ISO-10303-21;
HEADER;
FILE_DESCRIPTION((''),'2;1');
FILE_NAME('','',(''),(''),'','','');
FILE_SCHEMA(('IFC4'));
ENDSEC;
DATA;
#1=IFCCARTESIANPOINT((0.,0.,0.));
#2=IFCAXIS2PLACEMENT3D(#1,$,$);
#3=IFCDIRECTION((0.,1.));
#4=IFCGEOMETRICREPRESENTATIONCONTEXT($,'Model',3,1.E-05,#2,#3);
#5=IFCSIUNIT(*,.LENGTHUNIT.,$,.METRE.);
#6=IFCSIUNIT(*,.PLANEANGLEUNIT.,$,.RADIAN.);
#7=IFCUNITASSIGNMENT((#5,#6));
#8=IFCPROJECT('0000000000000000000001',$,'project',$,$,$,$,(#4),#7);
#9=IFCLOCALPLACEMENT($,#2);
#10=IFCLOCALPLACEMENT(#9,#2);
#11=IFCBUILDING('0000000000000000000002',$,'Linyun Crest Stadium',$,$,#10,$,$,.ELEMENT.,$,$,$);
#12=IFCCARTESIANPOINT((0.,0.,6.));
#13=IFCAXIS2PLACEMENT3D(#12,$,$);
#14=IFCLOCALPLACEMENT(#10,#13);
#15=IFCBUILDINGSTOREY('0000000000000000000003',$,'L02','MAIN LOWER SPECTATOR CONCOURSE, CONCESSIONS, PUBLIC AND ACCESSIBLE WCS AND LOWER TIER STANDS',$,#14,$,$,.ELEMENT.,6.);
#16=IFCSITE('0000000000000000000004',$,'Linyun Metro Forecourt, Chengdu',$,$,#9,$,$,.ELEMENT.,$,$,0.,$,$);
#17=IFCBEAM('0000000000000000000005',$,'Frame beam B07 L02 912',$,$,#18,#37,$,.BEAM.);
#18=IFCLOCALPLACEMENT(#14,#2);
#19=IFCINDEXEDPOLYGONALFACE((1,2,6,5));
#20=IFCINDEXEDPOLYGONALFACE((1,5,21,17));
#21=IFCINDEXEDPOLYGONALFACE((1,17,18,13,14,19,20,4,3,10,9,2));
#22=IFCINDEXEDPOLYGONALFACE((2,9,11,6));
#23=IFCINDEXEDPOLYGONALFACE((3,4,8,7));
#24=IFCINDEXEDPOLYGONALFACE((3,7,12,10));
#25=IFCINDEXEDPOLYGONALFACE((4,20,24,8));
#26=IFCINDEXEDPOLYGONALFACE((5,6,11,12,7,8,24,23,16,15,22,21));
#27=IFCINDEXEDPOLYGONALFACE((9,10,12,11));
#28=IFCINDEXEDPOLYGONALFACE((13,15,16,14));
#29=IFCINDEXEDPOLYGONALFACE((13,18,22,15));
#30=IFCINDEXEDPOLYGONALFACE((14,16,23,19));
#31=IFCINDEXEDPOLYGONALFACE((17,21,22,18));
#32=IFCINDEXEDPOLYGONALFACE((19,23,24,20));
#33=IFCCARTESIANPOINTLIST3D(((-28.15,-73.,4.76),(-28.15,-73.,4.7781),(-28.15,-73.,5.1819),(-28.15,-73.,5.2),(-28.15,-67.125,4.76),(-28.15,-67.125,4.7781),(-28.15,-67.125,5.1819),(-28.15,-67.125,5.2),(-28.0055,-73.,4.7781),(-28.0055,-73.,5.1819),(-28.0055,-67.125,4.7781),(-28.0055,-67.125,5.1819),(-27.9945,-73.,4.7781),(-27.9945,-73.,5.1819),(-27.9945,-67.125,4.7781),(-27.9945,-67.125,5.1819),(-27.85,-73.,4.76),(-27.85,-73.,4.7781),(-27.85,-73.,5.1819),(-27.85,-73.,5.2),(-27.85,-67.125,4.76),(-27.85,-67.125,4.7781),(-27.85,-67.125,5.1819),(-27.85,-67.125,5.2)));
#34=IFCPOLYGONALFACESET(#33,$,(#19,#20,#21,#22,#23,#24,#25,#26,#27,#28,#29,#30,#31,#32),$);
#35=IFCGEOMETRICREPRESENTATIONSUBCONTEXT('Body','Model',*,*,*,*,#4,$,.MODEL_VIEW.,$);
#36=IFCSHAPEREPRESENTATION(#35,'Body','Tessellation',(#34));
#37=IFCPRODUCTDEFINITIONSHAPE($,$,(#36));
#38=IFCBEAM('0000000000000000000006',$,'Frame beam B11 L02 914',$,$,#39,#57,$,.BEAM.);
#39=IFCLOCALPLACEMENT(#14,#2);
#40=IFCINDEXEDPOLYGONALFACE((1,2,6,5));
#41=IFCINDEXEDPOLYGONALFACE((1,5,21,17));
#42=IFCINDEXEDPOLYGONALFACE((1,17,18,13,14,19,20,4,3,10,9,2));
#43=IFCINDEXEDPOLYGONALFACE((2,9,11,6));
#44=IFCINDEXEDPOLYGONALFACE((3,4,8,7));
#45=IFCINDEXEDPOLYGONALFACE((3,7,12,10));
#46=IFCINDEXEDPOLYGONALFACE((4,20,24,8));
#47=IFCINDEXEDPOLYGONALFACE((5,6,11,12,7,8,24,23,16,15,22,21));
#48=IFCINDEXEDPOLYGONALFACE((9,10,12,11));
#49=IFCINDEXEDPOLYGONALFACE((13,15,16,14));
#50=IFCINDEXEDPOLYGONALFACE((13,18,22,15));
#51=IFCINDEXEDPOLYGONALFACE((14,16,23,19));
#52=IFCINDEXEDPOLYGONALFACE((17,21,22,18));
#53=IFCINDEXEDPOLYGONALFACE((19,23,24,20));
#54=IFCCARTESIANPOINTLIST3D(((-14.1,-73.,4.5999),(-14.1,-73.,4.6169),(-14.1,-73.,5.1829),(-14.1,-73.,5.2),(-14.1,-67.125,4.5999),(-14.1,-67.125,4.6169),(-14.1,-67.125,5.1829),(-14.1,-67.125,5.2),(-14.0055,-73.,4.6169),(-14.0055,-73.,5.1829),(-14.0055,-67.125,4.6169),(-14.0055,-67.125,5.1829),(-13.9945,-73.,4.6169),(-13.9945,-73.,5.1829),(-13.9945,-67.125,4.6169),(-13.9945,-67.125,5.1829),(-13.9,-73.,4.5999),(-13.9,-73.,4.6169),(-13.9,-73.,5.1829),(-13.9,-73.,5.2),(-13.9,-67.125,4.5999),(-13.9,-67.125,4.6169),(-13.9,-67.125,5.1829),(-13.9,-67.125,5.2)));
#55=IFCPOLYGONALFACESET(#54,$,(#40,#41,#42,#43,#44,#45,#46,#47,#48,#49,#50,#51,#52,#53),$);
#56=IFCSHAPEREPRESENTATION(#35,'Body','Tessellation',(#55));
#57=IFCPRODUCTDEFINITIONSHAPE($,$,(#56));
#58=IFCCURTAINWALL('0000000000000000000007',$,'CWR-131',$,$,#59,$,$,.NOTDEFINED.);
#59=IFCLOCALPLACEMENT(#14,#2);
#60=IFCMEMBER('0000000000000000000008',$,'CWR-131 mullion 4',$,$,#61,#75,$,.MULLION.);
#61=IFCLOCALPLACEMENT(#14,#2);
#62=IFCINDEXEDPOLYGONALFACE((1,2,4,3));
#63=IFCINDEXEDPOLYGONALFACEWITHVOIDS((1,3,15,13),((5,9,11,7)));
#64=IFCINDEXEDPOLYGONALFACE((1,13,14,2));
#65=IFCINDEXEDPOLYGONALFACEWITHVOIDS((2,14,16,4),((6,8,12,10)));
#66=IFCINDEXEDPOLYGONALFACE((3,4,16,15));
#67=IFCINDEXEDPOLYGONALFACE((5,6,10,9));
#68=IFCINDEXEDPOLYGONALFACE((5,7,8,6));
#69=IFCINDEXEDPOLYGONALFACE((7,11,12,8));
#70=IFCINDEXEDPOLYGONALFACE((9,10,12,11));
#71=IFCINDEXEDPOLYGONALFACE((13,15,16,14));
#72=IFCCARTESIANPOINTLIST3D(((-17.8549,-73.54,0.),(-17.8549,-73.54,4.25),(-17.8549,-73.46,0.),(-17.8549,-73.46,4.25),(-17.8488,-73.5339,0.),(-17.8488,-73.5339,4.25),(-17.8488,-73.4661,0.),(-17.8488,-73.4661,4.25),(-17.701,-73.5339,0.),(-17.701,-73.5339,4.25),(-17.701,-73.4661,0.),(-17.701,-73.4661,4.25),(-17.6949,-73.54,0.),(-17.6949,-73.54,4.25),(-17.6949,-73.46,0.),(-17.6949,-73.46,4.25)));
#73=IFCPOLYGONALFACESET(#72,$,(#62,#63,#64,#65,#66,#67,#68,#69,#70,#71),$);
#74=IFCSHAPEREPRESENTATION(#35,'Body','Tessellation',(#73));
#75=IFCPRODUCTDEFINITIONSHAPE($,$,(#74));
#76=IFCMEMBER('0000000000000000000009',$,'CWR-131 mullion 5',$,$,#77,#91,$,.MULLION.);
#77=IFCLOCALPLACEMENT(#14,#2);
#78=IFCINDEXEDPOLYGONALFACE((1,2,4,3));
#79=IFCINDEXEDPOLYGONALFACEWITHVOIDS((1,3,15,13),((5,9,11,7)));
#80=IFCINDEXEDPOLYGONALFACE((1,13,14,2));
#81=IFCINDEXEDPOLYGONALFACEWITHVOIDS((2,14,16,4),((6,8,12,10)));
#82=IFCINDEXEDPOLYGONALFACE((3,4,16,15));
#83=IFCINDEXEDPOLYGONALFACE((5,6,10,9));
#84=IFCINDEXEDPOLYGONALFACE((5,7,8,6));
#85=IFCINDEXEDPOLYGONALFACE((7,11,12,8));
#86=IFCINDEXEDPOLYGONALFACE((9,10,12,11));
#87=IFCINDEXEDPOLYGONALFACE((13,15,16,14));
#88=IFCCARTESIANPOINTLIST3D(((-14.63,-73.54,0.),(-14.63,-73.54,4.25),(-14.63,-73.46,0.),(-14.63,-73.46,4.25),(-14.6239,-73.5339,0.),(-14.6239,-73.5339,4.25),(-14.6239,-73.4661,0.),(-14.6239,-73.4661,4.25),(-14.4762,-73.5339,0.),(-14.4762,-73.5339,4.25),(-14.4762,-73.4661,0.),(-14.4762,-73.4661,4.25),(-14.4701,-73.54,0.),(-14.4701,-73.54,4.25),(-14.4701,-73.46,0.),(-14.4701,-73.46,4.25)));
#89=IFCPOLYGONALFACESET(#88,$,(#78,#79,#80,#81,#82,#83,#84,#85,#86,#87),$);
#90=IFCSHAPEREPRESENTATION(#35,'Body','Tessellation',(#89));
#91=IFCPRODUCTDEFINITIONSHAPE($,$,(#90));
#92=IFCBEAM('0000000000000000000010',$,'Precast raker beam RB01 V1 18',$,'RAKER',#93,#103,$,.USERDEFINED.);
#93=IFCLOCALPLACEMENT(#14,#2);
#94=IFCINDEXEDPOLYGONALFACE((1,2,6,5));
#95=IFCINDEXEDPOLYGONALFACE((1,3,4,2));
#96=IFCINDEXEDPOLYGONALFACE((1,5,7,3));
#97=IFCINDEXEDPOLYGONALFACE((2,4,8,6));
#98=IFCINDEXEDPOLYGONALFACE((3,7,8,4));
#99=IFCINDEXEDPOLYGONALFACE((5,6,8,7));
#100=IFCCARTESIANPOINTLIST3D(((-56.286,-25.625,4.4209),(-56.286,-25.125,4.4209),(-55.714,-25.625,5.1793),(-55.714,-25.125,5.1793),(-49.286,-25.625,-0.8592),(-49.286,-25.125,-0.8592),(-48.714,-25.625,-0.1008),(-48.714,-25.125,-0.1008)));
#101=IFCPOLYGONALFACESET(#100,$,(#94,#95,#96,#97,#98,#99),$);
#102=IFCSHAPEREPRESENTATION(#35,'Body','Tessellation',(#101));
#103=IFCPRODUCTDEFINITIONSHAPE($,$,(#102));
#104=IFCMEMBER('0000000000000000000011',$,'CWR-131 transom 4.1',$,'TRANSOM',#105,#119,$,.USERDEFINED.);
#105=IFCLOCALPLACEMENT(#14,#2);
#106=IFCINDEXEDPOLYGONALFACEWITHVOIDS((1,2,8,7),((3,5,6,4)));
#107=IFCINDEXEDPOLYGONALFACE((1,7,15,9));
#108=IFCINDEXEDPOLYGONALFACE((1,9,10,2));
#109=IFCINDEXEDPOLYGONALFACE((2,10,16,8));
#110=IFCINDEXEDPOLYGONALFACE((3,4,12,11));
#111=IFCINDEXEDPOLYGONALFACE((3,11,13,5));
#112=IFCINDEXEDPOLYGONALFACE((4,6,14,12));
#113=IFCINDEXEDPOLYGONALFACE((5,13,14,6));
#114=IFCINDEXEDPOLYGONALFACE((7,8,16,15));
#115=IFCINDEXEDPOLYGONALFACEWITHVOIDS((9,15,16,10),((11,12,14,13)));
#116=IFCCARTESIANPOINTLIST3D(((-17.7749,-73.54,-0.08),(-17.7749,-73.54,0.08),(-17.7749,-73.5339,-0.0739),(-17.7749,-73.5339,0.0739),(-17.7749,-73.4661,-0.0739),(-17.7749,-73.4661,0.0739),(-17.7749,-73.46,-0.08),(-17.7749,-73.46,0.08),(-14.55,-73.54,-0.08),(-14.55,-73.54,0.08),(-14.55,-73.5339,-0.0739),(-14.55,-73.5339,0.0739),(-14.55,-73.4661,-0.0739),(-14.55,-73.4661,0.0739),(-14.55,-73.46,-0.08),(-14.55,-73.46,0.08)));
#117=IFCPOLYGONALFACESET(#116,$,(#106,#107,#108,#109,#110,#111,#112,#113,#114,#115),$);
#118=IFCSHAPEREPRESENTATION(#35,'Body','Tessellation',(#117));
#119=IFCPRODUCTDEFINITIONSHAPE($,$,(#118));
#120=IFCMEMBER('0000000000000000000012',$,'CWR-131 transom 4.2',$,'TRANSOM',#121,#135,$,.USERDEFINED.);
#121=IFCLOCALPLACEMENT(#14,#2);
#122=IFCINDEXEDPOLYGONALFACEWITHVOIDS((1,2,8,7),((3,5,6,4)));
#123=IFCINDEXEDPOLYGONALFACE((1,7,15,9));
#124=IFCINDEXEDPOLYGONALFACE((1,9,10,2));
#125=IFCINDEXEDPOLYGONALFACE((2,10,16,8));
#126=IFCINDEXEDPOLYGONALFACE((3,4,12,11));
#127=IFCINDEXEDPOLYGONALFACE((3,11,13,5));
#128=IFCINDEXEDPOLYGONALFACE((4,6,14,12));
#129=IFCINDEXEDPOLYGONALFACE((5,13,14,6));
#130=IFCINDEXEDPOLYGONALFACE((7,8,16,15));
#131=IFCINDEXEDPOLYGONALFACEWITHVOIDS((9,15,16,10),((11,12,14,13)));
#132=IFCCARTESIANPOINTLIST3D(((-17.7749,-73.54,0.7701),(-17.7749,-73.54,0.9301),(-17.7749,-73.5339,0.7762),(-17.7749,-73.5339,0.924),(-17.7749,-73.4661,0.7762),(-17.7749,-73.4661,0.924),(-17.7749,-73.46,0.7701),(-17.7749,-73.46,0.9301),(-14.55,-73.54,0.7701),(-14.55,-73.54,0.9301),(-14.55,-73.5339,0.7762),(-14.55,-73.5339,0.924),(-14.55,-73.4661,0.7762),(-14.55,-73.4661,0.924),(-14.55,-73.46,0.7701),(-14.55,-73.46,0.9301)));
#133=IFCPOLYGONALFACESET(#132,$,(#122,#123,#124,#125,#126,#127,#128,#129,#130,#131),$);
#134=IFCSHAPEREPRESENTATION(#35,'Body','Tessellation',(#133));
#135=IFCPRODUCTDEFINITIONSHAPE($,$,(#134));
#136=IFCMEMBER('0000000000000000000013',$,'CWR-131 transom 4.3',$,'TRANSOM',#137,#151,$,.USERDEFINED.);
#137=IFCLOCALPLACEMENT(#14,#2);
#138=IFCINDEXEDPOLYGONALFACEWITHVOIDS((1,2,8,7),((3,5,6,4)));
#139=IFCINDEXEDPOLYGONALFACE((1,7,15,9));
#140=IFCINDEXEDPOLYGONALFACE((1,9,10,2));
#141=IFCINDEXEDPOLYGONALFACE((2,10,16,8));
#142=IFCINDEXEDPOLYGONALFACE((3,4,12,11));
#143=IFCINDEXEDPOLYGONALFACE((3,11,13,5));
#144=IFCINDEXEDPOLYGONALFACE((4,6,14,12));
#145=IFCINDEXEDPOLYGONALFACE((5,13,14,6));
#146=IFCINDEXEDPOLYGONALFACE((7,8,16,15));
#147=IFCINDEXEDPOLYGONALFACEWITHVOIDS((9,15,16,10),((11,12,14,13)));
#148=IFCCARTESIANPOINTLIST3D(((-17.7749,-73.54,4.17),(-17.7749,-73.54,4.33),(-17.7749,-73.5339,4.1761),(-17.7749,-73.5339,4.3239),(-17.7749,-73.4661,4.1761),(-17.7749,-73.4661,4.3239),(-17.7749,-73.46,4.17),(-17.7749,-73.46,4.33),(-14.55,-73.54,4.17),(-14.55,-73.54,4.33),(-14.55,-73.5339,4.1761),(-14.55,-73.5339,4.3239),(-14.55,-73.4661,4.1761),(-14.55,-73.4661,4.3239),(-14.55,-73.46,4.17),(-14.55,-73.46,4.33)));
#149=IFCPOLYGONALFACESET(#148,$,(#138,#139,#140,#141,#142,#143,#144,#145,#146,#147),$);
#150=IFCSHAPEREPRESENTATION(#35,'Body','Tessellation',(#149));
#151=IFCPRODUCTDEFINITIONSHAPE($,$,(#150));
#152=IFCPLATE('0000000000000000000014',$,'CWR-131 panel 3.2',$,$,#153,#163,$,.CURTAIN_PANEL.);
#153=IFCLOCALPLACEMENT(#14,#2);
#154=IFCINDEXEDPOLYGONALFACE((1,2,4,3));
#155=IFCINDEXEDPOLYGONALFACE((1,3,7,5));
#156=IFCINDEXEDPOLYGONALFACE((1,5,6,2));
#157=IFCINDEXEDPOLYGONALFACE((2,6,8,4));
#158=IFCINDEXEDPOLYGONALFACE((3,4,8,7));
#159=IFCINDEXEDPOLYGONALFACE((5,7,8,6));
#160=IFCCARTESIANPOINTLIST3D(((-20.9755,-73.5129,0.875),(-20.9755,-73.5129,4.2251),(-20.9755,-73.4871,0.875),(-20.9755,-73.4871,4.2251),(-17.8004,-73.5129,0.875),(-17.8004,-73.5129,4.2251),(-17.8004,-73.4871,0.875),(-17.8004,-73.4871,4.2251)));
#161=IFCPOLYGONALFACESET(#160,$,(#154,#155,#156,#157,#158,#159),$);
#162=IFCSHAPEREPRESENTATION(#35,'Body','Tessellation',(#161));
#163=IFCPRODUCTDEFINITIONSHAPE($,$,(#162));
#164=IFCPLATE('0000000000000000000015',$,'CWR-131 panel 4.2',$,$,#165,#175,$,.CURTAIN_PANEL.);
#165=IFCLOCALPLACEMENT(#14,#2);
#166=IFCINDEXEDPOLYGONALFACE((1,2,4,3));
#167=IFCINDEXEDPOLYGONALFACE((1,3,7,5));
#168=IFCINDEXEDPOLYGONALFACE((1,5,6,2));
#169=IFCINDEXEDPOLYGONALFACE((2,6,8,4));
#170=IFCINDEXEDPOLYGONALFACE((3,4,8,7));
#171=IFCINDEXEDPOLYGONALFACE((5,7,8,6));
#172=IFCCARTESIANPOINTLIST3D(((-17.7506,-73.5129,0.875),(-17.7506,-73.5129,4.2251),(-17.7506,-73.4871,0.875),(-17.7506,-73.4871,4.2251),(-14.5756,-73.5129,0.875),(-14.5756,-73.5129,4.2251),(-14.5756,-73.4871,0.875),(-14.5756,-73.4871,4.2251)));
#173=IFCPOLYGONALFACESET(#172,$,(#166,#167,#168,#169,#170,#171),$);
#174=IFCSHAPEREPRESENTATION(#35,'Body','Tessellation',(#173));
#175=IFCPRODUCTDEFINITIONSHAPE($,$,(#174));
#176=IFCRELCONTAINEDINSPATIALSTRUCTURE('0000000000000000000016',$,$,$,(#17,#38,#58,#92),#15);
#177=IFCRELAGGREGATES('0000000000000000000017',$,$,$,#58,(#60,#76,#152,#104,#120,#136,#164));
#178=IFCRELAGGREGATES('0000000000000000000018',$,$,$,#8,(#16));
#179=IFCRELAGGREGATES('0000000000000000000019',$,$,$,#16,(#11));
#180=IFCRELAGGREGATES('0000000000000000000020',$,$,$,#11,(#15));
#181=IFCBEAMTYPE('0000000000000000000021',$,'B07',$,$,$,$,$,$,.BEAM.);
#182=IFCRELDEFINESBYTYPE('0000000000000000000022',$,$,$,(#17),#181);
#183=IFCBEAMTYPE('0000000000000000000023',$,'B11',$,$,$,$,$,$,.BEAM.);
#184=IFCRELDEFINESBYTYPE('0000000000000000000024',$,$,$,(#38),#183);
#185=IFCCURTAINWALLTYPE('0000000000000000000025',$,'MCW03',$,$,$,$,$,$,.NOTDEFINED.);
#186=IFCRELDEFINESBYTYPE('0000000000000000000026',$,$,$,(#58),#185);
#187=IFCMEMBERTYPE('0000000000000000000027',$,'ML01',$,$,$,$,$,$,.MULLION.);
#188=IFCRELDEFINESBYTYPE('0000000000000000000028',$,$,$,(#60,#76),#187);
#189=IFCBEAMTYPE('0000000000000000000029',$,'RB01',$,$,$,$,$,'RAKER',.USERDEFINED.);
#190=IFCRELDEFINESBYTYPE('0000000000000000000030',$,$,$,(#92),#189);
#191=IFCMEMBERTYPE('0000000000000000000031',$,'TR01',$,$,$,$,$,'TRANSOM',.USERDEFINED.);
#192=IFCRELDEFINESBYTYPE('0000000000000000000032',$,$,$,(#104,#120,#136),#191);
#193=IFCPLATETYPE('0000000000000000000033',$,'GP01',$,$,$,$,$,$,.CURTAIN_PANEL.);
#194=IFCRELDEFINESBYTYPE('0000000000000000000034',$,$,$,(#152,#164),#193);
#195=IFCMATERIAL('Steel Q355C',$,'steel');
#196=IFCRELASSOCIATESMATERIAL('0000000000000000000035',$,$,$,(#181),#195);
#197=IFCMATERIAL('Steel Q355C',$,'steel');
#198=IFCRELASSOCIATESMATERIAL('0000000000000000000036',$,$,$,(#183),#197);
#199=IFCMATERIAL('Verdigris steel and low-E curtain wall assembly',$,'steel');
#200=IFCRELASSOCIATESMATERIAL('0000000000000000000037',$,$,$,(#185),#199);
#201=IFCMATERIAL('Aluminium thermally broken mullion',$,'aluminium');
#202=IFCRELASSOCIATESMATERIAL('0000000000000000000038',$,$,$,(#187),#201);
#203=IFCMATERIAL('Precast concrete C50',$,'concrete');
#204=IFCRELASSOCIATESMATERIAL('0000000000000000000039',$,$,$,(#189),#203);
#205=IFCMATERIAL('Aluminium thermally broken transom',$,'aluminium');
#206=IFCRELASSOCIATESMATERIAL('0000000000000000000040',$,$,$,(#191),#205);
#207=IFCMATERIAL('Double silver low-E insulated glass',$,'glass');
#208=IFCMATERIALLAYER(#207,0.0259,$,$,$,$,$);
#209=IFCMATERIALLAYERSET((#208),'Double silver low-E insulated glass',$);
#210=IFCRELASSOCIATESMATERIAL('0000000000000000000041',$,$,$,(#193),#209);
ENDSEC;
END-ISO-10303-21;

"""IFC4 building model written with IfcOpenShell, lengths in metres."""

from ifc_helpers import new_model, si_unit, direction, frame, origin, origin_2d, place, context, subcontext, project, spatial, rectangle, hollow_rectangle, i_section, extrude, material, layer, layer_set, material_profile, profile_set, type_object, element, aggregate, save


model = new_model("IFC4")

# Units and contexts
model_context = context("Model", 3, precision=1e-05, world=origin(), true_north=direction((0.0, 1.0)))
body_context = subcontext(model_context, "Body", "Model", "MODEL_VIEW")
ifc_project = project(units=[si_unit("LENGTHUNIT", "METRE"), si_unit("PLANEANGLEUNIT", "RADIAN")], contexts=[model_context])

# Site, building, storey
site_placement = place(None, origin())
site = spatial("IfcSite", under=ifc_project, at=site_placement, Name="Linyun Metro Forecourt, Chengdu", CompositionType="ELEMENT", RefElevation=0.0)
building_placement = place(site_placement, origin())
building = spatial("IfcBuilding", under=site, at=building_placement, Name="Linyun Crest Stadium", CompositionType="ELEMENT")
storey_placement = place(building_placement, frame((0.0, 0.0, 6.0)))
storey = spatial("IfcBuildingStorey", under=building, at=storey_placement, Name="L02", Description="MAIN LOWER SPECTATOR CONCOURSE, CONCESSIONS, PUBLIC AND ACCESSIBLE WCS AND LOWER TIER STANDS", CompositionType="ELEMENT", Elevation=6.0)

# Beams
ifc_material_1 = material(Name="Steel Q355C", Category="steel")
ifc_material_profile_1 = material_profile(ifc_material_1, i_section(OverallWidth=0.3, OverallDepth=0.4399, WebThickness=0.011, FlangeThickness=0.0181, at=origin_2d()), Name="HM 440x300")
ifc_profile_set_1 = profile_set([ifc_material_profile_1], Name="Steel Q355C")
beam_type_1 = type_object("IfcBeamType", Name="B07", PredefinedType="BEAM", material=ifc_profile_set_1)
beam_1_placement = place(storey_placement, frame((-28.0, -73.0, 4.98), z_axis=(0.0, 1.0, 0.0), x_axis=(-1.0, 0.0, 0.0)))
element("IfcBeam", 1, at=beam_1_placement, inside=storey, type_object=beam_type_1, Name="Frame beam B07 L02 912", PredefinedType="BEAM", context=body_context, shape_type="SweptSolid", body=[
    extrude(i_section(OverallWidth=0.3, OverallDepth=0.4399, WebThickness=0.011, FlangeThickness=0.0181, at=origin_2d()), origin(), (0.0, 0.0, 1.0), 5.875),
])
ifc_material_2 = material(Name="Steel Q355C", Category="steel")
ifc_material_profile_2 = material_profile(ifc_material_2, i_section(OverallWidth=0.2, OverallDepth=0.6001, WebThickness=0.011, FlangeThickness=0.0171, at=origin_2d()), Name="HN 600x200")
ifc_profile_set_2 = profile_set([ifc_material_profile_2], Name="Steel Q355C")
beam_type_2 = type_object("IfcBeamType", Name="B11", PredefinedType="BEAM", material=ifc_profile_set_2)
beam_2_placement = place(storey_placement, frame((-14.0, -73.0, 4.8999), z_axis=(0.0, 1.0, 0.0), x_axis=(-1.0, 0.0, 0.0)))
element("IfcBeam", 2, at=beam_2_placement, inside=storey, type_object=beam_type_2, Name="Frame beam B11 L02 914", PredefinedType="BEAM", context=body_context, shape_type="SweptSolid", body=[
    extrude(i_section(OverallWidth=0.2, OverallDepth=0.6001, WebThickness=0.011, FlangeThickness=0.0171, at=origin_2d()), origin(), (0.0, 0.0, 1.0), 5.875),
])

# Curtain wall, members
ifc_material_3 = material(Name="Verdigris steel and low-E curtain wall assembly", Category="steel")
curtain_wall_type = type_object("IfcCurtainWallType", Name="MCW03", PredefinedType="NOTDEFINED", material=ifc_material_3)
curtain_wall_placement = place(storey_placement, origin())
curtain_wall = element("IfcCurtainWall", 3, at=curtain_wall_placement, inside=storey, type_object=curtain_wall_type, Name="CWR-131", PredefinedType="NOTDEFINED")
ifc_material_4 = material(Name="Aluminium thermally broken mullion", Category="aluminium")
ifc_material_profile_3 = material_profile(ifc_material_4, hollow_rectangle(XDim=0.0801, YDim=0.1599, WallThickness=0.0061, at=origin_2d()), Name="RHS 160x80x6")
ifc_profile_set_3 = profile_set([ifc_material_profile_3], Name="Aluminium thermally broken mullion")
member_type_1 = type_object("IfcMemberType", Name="ML01", PredefinedType="MULLION", material=ifc_profile_set_3)
member_1_placement = place(storey_placement, frame((-17.7749, -73.5, 0.0), z_axis=(0.0, 0.0, 1.0), x_axis=(0.0, 1.0, 0.0)))
member_1 = element("IfcMember", 4, at=member_1_placement, type_object=member_type_1, Name="CWR-131 mullion 4", PredefinedType="MULLION", context=body_context, shape_type="SweptSolid", body=[
    extrude(hollow_rectangle(XDim=0.0801, YDim=0.1599, WallThickness=0.0061, at=origin_2d()), origin(), (0.0, 0.0, 1.0), 4.25),
])
member_2_placement = place(storey_placement, frame((-14.55, -73.5, 0.0), z_axis=(0.0, 0.0, 1.0), x_axis=(0.0, 1.0, 0.0)))
member_2 = element("IfcMember", 5, at=member_2_placement, type_object=member_type_1, Name="CWR-131 mullion 5", PredefinedType="MULLION", context=body_context, shape_type="SweptSolid", body=[
    extrude(hollow_rectangle(XDim=0.0801, YDim=0.1599, WallThickness=0.0061, at=origin_2d()), origin(), (0.0, 0.0, 1.0), 4.25),
])

# Beam
ifc_material_5 = material(Name="Precast concrete C50", Category="concrete")
ifc_material_profile_4 = material_profile(ifc_material_5, rectangle(XDim=0.5, YDim=0.95, at=origin_2d()), Name="PCR 950x500")
ifc_profile_set_4 = profile_set([ifc_material_profile_4], Name="Precast concrete C50")
beam_type_3 = type_object("IfcBeamType", Name="RB01", ElementType="RAKER", PredefinedType="USERDEFINED", material=ifc_profile_set_4)
beam_3_placement = place(storey_placement, frame((-49.0, -25.375, -0.48), z_axis=(-0.798353, 0.0, 0.60219), x_axis=(0.0, -1.0, 0.0)))
element("IfcBeam", 6, at=beam_3_placement, inside=storey, type_object=beam_type_3, Name="Precast raker beam RB01 V1 18", ObjectType="RAKER", PredefinedType="USERDEFINED", context=body_context, shape_type="SweptSolid", body=[
    extrude(rectangle(XDim=0.5, YDim=0.95, at=origin_2d()), origin(), (0.0, 0.0, 1.0), 8.7681),
])

# Members
ifc_material_6 = material(Name="Aluminium thermally broken transom", Category="aluminium")
ifc_material_profile_5 = material_profile(ifc_material_6, hollow_rectangle(XDim=0.0801, YDim=0.1599, WallThickness=0.0061, at=origin_2d()), Name="RHS 160x80x6")
ifc_profile_set_5 = profile_set([ifc_material_profile_5], Name="Aluminium thermally broken transom")
member_type_2 = type_object("IfcMemberType", Name="TR01", ElementType="TRANSOM", PredefinedType="USERDEFINED", material=ifc_profile_set_5)
member_3_placement = place(storey_placement, frame((-17.7749, -73.5, 0.0), z_axis=(1.0, 0.0, 0.0), x_axis=(0.0, 1.0, 0.0)))
member_3 = element("IfcMember", 7, at=member_3_placement, type_object=member_type_2, Name="CWR-131 transom 4.1", ObjectType="TRANSOM", PredefinedType="USERDEFINED", context=body_context, shape_type="SweptSolid", body=[
    extrude(hollow_rectangle(XDim=0.0801, YDim=0.1599, WallThickness=0.0061, at=origin_2d()), origin(), (0.0, 0.0, 1.0), 3.2249),
])
member_4_placement = place(storey_placement, frame((-17.7749, -73.5, 0.8501), z_axis=(1.0, 0.0, 0.0), x_axis=(0.0, 1.0, 0.0)))
member_4 = element("IfcMember", 8, at=member_4_placement, type_object=member_type_2, Name="CWR-131 transom 4.2", ObjectType="TRANSOM", PredefinedType="USERDEFINED", context=body_context, shape_type="SweptSolid", body=[
    extrude(hollow_rectangle(XDim=0.0801, YDim=0.1599, WallThickness=0.0061, at=origin_2d()), origin(), (0.0, 0.0, 1.0), 3.2249),
])
member_5_placement = place(storey_placement, frame((-17.7749, -73.5, 4.25), z_axis=(1.0, 0.0, 0.0), x_axis=(0.0, 1.0, 0.0)))
member_5 = element("IfcMember", 9, at=member_5_placement, type_object=member_type_2, Name="CWR-131 transom 4.3", ObjectType="TRANSOM", PredefinedType="USERDEFINED", context=body_context, shape_type="SweptSolid", body=[
    extrude(hollow_rectangle(XDim=0.0801, YDim=0.1599, WallThickness=0.0061, at=origin_2d()), origin(), (0.0, 0.0, 1.0), 3.2249),
])

# Plates
ifc_material_7 = material(Name="Double silver low-E insulated glass", Category="glass")
ifc_layer_1 = layer(ifc_material_7, 0.0259)
ifc_layer_set_1 = layer_set([ifc_layer_1], Name="Double silver low-E insulated glass")
plate_type_1 = type_object("IfcPlateType", Name="GP01", PredefinedType="CURTAIN_PANEL", material=ifc_layer_set_1)
plate_1_placement = place(storey_placement, frame((-19.3879, -73.5, 0.875), z_axis=(0.0, 0.0, 1.0), x_axis=(1.0, 0.0, 0.0)))
plate_1 = element("IfcPlate", 10, at=plate_1_placement, type_object=plate_type_1, Name="CWR-131 panel 3.2", PredefinedType="CURTAIN_PANEL", context=body_context, shape_type="SweptSolid", body=[
    extrude(rectangle(XDim=3.175, YDim=0.0259, at=origin_2d()), origin(), (0.0, 0.0, 1.0), 3.3501),
])
plate_2_placement = place(storey_placement, frame((-16.1631, -73.5, 0.875), z_axis=(0.0, 0.0, 1.0), x_axis=(1.0, 0.0, 0.0)))
plate_2 = element("IfcPlate", 11, at=plate_2_placement, type_object=plate_type_1, Name="CWR-131 panel 4.2", PredefinedType="CURTAIN_PANEL", context=body_context, shape_type="SweptSolid", body=[
    extrude(rectangle(XDim=3.175, YDim=0.0259, at=origin_2d()), origin(), (0.0, 0.0, 1.0), 3.3501),
])
aggregate(curtain_wall, [member_1, member_2, plate_1, member_3, member_4, member_5, plate_2])

save(model, "model.ifc")
